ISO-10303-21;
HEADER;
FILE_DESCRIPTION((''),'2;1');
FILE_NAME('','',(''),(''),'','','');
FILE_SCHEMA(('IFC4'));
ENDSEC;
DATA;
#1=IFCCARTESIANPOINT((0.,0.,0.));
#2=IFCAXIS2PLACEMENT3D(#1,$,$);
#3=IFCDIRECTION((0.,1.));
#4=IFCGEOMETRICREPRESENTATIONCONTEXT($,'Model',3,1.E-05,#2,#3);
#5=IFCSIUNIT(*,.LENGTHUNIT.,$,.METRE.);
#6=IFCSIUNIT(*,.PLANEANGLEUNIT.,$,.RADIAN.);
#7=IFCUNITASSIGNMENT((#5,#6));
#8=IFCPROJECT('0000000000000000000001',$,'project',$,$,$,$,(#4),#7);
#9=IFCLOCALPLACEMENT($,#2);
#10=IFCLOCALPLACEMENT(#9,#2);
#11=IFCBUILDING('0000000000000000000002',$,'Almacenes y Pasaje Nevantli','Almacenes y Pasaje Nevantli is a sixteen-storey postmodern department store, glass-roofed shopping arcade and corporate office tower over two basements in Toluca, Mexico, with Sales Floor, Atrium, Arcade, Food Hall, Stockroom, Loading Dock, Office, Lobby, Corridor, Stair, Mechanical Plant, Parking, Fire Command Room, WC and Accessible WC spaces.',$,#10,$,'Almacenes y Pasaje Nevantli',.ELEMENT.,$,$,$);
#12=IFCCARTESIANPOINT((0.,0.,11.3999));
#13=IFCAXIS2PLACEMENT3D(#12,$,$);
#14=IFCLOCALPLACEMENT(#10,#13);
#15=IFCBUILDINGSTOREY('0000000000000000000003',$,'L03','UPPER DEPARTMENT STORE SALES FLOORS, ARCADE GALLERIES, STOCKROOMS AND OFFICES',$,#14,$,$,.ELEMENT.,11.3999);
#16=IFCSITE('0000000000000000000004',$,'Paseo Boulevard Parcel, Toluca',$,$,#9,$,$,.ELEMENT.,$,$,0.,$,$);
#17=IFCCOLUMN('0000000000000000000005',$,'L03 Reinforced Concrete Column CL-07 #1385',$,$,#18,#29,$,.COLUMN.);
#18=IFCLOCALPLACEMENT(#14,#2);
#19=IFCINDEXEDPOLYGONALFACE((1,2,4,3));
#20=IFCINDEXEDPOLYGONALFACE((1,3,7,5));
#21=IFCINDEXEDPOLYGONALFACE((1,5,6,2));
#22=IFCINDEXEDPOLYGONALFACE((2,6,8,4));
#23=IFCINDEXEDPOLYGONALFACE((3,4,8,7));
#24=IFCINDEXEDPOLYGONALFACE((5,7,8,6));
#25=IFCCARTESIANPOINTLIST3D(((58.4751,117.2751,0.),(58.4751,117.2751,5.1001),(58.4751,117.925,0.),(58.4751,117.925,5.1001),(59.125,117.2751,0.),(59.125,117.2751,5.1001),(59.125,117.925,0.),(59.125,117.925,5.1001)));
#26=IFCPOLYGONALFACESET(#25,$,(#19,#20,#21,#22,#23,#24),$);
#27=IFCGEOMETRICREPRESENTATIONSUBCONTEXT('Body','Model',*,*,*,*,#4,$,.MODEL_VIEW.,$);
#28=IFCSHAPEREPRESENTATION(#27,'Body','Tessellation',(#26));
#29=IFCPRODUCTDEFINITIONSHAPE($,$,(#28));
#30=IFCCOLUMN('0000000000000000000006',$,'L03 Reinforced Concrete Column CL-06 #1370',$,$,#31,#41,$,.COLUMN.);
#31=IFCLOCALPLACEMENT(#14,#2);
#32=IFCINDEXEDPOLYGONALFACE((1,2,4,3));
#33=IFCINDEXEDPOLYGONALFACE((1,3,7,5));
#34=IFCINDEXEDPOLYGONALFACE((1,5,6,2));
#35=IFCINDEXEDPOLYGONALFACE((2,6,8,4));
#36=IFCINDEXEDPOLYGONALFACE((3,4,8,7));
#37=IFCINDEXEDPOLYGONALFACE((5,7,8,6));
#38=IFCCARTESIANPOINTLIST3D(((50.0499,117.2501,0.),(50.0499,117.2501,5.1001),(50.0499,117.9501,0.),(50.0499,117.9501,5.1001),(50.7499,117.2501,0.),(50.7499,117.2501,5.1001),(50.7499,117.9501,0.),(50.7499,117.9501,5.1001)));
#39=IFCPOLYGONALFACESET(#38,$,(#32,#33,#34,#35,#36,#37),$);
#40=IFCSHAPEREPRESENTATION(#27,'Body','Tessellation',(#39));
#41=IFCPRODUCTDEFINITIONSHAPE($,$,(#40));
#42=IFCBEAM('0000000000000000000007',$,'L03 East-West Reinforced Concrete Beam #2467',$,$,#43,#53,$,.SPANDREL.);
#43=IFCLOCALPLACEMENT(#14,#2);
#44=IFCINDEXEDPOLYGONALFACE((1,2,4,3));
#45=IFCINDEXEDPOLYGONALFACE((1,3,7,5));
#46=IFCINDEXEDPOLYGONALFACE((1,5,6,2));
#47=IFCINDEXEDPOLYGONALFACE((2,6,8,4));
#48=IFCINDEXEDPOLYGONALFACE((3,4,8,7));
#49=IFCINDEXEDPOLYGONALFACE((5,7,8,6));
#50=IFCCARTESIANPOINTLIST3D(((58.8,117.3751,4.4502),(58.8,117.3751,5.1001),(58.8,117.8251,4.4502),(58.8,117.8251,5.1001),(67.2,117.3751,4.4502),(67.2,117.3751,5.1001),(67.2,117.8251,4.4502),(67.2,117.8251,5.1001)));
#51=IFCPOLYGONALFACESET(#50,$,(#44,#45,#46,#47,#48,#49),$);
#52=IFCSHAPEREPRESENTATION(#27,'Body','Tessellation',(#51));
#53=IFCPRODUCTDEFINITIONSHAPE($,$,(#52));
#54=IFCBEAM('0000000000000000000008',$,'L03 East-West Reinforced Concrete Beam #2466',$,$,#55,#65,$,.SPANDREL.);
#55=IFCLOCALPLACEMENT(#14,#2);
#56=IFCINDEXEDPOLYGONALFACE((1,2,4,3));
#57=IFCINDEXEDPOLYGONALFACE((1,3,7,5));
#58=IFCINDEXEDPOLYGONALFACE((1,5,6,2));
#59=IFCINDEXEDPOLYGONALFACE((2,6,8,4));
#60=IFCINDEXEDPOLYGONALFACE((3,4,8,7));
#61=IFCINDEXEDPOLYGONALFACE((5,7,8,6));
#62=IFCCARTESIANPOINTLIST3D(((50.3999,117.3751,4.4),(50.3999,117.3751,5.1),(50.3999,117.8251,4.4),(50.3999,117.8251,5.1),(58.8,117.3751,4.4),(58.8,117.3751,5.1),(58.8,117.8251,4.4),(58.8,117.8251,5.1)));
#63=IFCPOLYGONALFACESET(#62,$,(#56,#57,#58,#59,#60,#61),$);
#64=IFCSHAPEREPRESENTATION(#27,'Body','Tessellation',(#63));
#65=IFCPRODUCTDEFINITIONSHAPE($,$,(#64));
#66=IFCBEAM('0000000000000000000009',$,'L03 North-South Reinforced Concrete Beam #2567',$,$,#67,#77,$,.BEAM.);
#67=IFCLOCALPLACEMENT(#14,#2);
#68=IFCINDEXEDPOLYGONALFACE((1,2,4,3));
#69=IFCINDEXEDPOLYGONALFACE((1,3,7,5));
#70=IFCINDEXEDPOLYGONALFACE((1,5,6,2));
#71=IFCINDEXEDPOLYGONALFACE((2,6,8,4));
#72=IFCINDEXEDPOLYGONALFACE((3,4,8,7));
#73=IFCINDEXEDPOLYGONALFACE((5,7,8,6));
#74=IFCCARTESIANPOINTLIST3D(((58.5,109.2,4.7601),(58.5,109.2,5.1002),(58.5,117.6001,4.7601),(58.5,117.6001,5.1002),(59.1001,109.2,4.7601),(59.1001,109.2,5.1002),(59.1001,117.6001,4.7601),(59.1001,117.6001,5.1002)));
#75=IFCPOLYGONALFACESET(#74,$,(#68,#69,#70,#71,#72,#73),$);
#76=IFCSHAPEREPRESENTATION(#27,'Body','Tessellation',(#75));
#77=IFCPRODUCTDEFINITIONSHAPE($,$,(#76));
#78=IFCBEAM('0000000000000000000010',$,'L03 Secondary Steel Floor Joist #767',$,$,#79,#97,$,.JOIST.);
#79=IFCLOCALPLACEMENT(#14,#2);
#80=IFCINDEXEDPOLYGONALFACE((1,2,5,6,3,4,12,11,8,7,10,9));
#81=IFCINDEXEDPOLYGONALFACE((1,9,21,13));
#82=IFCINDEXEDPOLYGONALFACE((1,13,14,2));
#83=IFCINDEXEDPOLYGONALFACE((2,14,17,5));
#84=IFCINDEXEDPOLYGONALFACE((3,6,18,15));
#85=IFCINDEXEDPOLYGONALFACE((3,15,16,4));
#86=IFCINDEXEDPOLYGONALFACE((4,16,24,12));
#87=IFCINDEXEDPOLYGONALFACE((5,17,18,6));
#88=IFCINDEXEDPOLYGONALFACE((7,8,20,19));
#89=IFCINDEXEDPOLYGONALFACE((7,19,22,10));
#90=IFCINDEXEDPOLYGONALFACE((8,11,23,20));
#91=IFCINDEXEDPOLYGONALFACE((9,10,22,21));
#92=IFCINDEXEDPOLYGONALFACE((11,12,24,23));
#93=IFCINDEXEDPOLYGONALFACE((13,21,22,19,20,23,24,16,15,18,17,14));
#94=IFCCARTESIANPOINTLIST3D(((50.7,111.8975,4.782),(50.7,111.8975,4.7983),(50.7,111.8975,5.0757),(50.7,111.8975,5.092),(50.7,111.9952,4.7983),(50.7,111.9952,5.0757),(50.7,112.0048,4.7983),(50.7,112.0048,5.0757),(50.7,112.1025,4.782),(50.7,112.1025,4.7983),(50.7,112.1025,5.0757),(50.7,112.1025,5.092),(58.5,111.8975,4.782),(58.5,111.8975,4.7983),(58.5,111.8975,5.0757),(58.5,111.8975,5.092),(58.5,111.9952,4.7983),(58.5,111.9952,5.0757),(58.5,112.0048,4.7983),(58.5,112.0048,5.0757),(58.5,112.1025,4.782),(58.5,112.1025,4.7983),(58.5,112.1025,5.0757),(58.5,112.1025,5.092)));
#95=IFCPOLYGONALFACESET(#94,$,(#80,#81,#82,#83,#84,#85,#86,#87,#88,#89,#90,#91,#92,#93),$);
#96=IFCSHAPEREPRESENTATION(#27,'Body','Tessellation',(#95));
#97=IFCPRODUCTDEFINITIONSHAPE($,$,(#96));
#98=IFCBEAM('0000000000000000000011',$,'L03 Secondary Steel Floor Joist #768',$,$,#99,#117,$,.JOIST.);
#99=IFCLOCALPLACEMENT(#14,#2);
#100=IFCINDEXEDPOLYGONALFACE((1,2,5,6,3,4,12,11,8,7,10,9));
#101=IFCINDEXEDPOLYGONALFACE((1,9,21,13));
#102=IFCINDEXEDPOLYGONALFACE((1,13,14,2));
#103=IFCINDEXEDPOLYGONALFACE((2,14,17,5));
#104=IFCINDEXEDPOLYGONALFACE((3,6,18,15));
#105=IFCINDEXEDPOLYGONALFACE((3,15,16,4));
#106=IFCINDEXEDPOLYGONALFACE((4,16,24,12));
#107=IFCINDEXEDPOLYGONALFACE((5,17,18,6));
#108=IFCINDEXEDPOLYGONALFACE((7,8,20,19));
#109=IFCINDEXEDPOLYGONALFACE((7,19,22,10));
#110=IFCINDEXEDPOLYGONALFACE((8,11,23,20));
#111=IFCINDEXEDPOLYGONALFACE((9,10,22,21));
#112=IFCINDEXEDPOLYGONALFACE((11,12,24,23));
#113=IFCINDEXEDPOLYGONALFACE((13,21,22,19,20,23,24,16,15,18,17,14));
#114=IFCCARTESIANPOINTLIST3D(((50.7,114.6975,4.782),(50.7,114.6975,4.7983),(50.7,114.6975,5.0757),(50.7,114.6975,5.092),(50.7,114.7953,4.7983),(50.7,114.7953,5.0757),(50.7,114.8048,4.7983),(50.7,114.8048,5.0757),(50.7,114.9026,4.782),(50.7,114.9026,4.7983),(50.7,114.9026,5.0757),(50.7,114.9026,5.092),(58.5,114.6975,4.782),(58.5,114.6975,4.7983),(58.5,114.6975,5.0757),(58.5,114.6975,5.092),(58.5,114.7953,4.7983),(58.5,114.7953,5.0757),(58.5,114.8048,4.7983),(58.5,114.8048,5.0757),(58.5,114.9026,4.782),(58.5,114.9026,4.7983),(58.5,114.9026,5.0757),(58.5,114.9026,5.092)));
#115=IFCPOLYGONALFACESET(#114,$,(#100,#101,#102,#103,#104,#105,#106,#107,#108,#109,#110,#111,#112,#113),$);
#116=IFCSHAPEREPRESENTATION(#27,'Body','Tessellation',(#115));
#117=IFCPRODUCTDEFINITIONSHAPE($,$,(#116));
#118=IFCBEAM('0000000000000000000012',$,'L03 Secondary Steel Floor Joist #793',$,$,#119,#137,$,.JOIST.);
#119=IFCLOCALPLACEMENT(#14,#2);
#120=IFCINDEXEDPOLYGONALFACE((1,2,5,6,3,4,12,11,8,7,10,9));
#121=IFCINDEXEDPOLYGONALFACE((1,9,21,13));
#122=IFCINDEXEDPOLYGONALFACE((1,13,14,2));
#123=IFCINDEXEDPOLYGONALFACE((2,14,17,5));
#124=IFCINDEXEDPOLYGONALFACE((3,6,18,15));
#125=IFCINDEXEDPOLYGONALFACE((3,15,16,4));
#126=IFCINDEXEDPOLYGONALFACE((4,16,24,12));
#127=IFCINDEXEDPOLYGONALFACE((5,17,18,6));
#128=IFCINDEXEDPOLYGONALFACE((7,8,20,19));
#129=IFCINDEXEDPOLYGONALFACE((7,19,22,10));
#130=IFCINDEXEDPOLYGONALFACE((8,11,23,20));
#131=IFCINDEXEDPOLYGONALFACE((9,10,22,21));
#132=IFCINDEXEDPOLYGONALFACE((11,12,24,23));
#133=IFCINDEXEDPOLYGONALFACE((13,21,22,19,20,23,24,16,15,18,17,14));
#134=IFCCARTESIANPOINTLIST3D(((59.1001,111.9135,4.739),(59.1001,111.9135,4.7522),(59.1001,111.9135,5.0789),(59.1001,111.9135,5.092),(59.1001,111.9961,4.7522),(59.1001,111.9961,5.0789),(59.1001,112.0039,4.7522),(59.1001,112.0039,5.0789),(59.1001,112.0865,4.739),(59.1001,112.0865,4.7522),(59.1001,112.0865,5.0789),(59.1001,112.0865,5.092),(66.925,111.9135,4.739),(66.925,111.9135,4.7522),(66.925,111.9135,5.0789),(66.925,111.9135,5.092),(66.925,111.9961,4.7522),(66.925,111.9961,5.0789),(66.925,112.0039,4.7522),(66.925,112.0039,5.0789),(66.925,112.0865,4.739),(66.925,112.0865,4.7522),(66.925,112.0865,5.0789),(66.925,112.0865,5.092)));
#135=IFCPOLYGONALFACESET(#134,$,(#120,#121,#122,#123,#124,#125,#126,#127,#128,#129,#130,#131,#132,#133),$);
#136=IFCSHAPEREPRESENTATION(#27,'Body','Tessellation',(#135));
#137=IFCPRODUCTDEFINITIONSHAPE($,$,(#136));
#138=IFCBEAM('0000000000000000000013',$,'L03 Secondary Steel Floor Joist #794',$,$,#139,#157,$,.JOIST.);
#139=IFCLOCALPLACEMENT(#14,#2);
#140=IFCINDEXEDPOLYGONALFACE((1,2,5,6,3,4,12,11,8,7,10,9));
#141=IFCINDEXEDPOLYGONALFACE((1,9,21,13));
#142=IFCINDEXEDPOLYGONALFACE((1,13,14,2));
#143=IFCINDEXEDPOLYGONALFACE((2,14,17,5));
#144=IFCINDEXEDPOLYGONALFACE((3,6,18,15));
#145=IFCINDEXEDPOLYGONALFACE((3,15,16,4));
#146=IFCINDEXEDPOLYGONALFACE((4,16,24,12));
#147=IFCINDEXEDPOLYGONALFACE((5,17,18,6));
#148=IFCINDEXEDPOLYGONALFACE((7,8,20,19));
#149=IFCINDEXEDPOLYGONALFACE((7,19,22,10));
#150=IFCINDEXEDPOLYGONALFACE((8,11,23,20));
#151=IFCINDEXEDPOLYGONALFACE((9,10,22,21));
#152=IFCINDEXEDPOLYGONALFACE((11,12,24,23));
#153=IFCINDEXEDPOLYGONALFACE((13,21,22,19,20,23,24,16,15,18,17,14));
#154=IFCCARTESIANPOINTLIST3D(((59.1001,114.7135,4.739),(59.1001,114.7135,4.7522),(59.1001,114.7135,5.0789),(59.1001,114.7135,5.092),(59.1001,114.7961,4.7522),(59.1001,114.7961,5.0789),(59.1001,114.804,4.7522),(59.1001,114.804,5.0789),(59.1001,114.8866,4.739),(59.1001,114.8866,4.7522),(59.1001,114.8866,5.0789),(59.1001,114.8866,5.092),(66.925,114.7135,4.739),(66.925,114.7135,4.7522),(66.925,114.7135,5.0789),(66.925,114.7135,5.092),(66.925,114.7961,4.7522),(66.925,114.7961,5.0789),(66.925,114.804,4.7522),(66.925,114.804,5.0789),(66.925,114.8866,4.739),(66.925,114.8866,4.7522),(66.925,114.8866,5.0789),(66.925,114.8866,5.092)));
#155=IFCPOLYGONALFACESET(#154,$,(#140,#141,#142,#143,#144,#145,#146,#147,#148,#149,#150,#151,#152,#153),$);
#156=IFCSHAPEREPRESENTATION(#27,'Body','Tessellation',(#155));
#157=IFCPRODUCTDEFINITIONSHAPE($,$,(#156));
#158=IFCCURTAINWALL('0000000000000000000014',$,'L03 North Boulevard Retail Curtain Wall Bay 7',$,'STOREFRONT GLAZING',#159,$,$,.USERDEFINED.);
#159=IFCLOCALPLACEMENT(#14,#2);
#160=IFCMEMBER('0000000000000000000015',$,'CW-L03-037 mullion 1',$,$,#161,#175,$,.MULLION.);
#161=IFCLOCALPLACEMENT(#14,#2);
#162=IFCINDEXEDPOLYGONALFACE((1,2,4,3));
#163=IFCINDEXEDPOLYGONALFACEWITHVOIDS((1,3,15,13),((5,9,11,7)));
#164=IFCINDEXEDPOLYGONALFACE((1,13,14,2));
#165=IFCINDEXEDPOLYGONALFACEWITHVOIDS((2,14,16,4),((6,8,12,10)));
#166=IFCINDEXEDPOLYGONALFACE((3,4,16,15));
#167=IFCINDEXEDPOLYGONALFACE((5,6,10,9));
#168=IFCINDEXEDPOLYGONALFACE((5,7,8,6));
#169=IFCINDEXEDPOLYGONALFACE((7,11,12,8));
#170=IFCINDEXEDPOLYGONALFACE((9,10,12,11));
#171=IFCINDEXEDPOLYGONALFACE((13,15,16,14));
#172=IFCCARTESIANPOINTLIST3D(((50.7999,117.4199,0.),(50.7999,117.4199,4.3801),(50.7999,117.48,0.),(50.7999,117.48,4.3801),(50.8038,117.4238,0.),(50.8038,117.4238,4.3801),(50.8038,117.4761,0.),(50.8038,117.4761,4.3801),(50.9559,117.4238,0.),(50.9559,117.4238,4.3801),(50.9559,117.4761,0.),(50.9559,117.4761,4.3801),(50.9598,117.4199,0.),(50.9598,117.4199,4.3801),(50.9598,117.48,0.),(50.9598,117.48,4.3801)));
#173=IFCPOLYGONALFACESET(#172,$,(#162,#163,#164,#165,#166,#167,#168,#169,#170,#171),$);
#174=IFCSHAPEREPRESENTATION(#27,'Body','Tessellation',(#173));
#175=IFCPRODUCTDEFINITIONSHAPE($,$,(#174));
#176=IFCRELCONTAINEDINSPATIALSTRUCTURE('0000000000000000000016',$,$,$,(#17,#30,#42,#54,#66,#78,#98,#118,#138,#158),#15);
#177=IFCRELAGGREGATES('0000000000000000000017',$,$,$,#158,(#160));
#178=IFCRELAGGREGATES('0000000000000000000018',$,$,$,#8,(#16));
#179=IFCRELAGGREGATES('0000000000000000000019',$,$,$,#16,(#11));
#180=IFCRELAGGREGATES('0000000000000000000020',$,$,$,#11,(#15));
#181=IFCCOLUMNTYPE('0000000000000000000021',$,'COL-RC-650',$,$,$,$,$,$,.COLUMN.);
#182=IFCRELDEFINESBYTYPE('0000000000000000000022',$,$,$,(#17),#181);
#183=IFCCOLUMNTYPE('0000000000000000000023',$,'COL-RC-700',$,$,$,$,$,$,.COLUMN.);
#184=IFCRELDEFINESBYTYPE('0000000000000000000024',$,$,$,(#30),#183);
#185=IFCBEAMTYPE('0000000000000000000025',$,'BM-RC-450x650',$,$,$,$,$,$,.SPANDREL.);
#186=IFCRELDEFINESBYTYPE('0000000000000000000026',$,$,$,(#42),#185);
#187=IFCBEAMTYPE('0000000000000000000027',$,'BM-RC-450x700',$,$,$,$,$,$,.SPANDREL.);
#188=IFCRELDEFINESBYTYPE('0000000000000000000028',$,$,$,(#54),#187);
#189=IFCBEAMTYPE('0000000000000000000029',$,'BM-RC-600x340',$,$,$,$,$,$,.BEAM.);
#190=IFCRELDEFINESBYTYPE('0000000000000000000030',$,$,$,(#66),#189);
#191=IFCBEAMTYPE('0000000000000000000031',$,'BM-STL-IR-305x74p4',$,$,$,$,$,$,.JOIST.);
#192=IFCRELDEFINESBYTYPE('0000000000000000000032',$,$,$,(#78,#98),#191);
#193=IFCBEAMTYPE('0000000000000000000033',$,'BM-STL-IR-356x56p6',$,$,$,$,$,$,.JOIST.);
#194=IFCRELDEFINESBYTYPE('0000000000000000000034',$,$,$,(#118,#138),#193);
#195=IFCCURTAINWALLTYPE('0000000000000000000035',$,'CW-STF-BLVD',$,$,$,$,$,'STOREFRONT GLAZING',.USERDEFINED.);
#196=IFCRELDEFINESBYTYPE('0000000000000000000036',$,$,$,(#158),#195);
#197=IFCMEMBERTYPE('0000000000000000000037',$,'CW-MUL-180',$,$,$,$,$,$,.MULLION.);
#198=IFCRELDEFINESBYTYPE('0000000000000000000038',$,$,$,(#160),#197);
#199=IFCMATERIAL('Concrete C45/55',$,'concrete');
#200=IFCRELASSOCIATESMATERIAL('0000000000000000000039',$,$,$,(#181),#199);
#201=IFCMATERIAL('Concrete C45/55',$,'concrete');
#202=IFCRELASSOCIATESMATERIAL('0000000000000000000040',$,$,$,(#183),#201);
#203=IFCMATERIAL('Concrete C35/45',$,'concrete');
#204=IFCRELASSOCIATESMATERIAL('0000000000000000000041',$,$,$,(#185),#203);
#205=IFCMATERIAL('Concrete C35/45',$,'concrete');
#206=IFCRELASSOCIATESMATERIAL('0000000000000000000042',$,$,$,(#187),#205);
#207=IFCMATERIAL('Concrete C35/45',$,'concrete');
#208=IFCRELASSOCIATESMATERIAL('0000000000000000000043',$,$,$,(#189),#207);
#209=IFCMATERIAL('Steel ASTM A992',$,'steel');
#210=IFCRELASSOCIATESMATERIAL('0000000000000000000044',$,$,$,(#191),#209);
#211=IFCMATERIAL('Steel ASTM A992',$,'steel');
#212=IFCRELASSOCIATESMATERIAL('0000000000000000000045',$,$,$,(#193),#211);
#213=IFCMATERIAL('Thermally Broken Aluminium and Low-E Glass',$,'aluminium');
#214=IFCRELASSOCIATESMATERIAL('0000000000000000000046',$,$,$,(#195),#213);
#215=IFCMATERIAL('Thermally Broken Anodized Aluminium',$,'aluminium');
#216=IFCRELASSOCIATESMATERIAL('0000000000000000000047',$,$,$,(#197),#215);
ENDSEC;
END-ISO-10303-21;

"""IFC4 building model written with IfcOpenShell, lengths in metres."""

from ifc_helpers import new_model, si_unit, direction, frame, origin, origin_2d, place, context, subcontext, project, spatial, rectangle, hollow_rectangle, i_section, extrude, material, material_profile, profile_set, type_object, element, aggregate, save


model = new_model("IFC4")

# Units and contexts
model_context = context("Model", 3, precision=1e-05, world=origin(), true_north=direction((0.0, 1.0)))
body_context = subcontext(model_context, "Body", "Model", "MODEL_VIEW")
ifc_project = project(units=[si_unit("LENGTHUNIT", "METRE"), si_unit("PLANEANGLEUNIT", "RADIAN")], contexts=[model_context])

# Site, building, storey
site_placement = place(None, origin())
site = spatial("IfcSite", under=ifc_project, at=site_placement, Name="Paseo Boulevard Parcel, Toluca", CompositionType="ELEMENT", RefElevation=0.0)
building_placement = place(site_placement, origin())
building = spatial("IfcBuilding", under=site, at=building_placement, Name="Almacenes y Pasaje Nevantli", Description="Almacenes y Pasaje Nevantli is a sixteen-storey postmodern department store, glass-roofed shopping arcade and corporate office tower over two basements in Toluca, Mexico, with Sales Floor, Atrium, Arcade, Food Hall, Stockroom, Loading Dock, Office, Lobby, Corridor, Stair, Mechanical Plant, Parking, Fire Command Room, WC and Accessible WC spaces.", LongName="Almacenes y Pasaje Nevantli", CompositionType="ELEMENT")
storey_placement = place(building_placement, frame((0.0, 0.0, 11.3999)))
storey = spatial("IfcBuildingStorey", under=building, at=storey_placement, Name="L03", Description="UPPER DEPARTMENT STORE SALES FLOORS, ARCADE GALLERIES, STOCKROOMS AND OFFICES", CompositionType="ELEMENT", Elevation=11.3999)

# Columns
ifc_material_1 = material(Name="Concrete C45/55", Category="concrete")
ifc_material_profile_1 = material_profile(ifc_material_1, rectangle(XDim=0.6499, YDim=0.6499, at=origin_2d()), Name="RC-COL-650x650")
ifc_profile_set_1 = profile_set([ifc_material_profile_1], Name="Concrete C45/55")
column_type_1 = type_object("IfcColumnType", Name="COL-RC-650", PredefinedType="COLUMN", material=ifc_profile_set_1)
column_1_placement = place(storey_placement, frame((58.8, 117.6001, 0.0), z_axis=(0.0, 0.0, 1.0), x_axis=(1.0, 0.0, 0.0)))
element("IfcColumn", 1, at=column_1_placement, inside=storey, type_object=column_type_1, Name="L03 Reinforced Concrete Column CL-07 #1385", PredefinedType="COLUMN", context=body_context, shape_type="SweptSolid", body=[
    extrude(rectangle(XDim=0.6499, YDim=0.6499, at=origin_2d()), origin(), (0.0, 0.0, 1.0), 5.1001),
])
ifc_material_2 = material(Name="Concrete C45/55", Category="concrete")
ifc_material_profile_2 = material_profile(ifc_material_2, rectangle(XDim=0.7, YDim=0.7, at=origin_2d()), Name="RC-COL-700x700")
ifc_profile_set_2 = profile_set([ifc_material_profile_2], Name="Concrete C45/55")
column_type_2 = type_object("IfcColumnType", Name="COL-RC-700", PredefinedType="COLUMN", material=ifc_profile_set_2)
column_2_placement = place(storey_placement, frame((50.3999, 117.6001, 0.0), z_axis=(0.0, 0.0, 1.0), x_axis=(1.0, 0.0, 0.0)))
element("IfcColumn", 2, at=column_2_placement, inside=storey, type_object=column_type_2, Name="L03 Reinforced Concrete Column CL-06 #1370", PredefinedType="COLUMN", context=body_context, shape_type="SweptSolid", body=[
    extrude(rectangle(XDim=0.7, YDim=0.7, at=origin_2d()), origin(), (0.0, 0.0, 1.0), 5.1001),
])

# Beams
ifc_material_3 = material(Name="Concrete C35/45", Category="concrete")
ifc_material_profile_3 = material_profile(ifc_material_3, rectangle(XDim=0.45, YDim=0.6499, at=origin_2d()), Name="RC-BM-450x650")
ifc_profile_set_3 = profile_set([ifc_material_profile_3], Name="Concrete C35/45")
beam_type_1 = type_object("IfcBeamType", Name="BM-RC-450x650", PredefinedType="SPANDREL", material=ifc_profile_set_3)
beam_1_placement = place(storey_placement, frame((58.8, 117.6001, 4.7751), z_axis=(1.0, 0.0, 0.0), x_axis=(0.0, 1.0, 0.0)))
element("IfcBeam", 3, at=beam_1_placement, inside=storey, type_object=beam_type_1, Name="L03 East-West Reinforced Concrete Beam #2467", PredefinedType="SPANDREL", context=body_context, shape_type="SweptSolid", body=[
    extrude(rectangle(XDim=0.45, YDim=0.6499, at=origin_2d()), origin(), (0.0, 0.0, 1.0), 8.3999),
])
ifc_material_4 = material(Name="Concrete C35/45", Category="concrete")
ifc_material_profile_4 = material_profile(ifc_material_4, rectangle(XDim=0.45, YDim=0.7, at=origin_2d()), Name="RC-BM-450x700")
ifc_profile_set_4 = profile_set([ifc_material_profile_4], Name="Concrete C35/45")
beam_type_2 = type_object("IfcBeamType", Name="BM-RC-450x700", PredefinedType="SPANDREL", material=ifc_profile_set_4)
beam_2_placement = place(storey_placement, frame((50.3999, 117.6001, 4.75), z_axis=(1.0, 0.0, 0.0), x_axis=(0.0, 1.0, 0.0)))
element("IfcBeam", 4, at=beam_2_placement, inside=storey, type_object=beam_type_2, Name="L03 East-West Reinforced Concrete Beam #2466", PredefinedType="SPANDREL", context=body_context, shape_type="SweptSolid", body=[
    extrude(rectangle(XDim=0.45, YDim=0.7, at=origin_2d()), origin(), (0.0, 0.0, 1.0), 8.4001),
])
ifc_material_5 = material(Name="Concrete C35/45", Category="concrete")
ifc_material_profile_5 = material_profile(ifc_material_5, rectangle(XDim=0.6001, YDim=0.3401, at=origin_2d()), Name="RC-BM-600x340")
ifc_profile_set_5 = profile_set([ifc_material_profile_5], Name="Concrete C35/45")
beam_type_3 = type_object("IfcBeamType", Name="BM-RC-600x340", PredefinedType="BEAM", material=ifc_profile_set_5)
beam_3_placement = place(storey_placement, frame((58.8, 109.2, 4.9302), z_axis=(0.0, 1.0, 0.0), x_axis=(-1.0, 0.0, 0.0)))
element("IfcBeam", 5, at=beam_3_placement, inside=storey, type_object=beam_type_3, Name="L03 North-South Reinforced Concrete Beam #2567", PredefinedType="BEAM", context=body_context, shape_type="SweptSolid", body=[
    extrude(rectangle(XDim=0.6001, YDim=0.3401, at=origin_2d()), origin(), (0.0, 0.0, 1.0), 8.4001),
])
ifc_material_6 = material(Name="Steel ASTM A992", Category="steel")
ifc_material_profile_6 = material_profile(ifc_material_6, i_section(OverallWidth=0.2051, OverallDepth=0.3101, WebThickness=0.0095, FlangeThickness=0.0164, at=origin_2d()), Name="IR 305x74.4")
ifc_profile_set_6 = profile_set([ifc_material_profile_6], Name="Steel ASTM A992")
beam_type_4 = type_object("IfcBeamType", Name="BM-STL-IR-305x74p4", PredefinedType="JOIST", material=ifc_profile_set_6)
for number, where, z_axis, x_axis, name in (
    (6, (50.7, 112.0, 4.937), (1.0, 0.0, 0.0), (0.0, 1.0, 0.0), "L03 Secondary Steel Floor Joist #767"),
    (7, (50.7, 114.8, 4.937), (1.0, 0.0, 0.0), (0.0, 1.0, 0.0), "L03 Secondary Steel Floor Joist #768"),
):
    element("IfcBeam", number, at=place(storey_placement, frame(where, z_axis=z_axis, x_axis=x_axis)), inside=storey, type_object=beam_type_4, Name=name, PredefinedType="JOIST", context=body_context, shape_type="SweptSolid", body=[
        extrude(i_section(OverallWidth=0.2051, OverallDepth=0.3101, WebThickness=0.0095, FlangeThickness=0.0164, at=origin_2d()), origin(), (0.0, 0.0, 1.0), 7.8),
    ])
ifc_material_7 = material(Name="Steel ASTM A992", Category="steel")
ifc_material_profile_7 = material_profile(ifc_material_7, i_section(OverallWidth=0.1731, OverallDepth=0.353, WebThickness=0.0078, FlangeThickness=0.0132, at=origin_2d()), Name="IR 356x56.6")
ifc_profile_set_7 = profile_set([ifc_material_profile_7], Name="Steel ASTM A992")
beam_type_5 = type_object("IfcBeamType", Name="BM-STL-IR-356x56p6", PredefinedType="JOIST", material=ifc_profile_set_7)
for number, where, z_axis, x_axis, name in (
    (8, (59.1001, 112.0, 4.9155), (1.0, 0.0, 0.0), (0.0, 1.0, 0.0), "L03 Secondary Steel Floor Joist #793"),
    (9, (59.1001, 114.8, 4.9155), (1.0, 0.0, 0.0), (0.0, 1.0, 0.0), "L03 Secondary Steel Floor Joist #794"),
):
    element("IfcBeam", number, at=place(storey_placement, frame(where, z_axis=z_axis, x_axis=x_axis)), inside=storey, type_object=beam_type_5, Name=name, PredefinedType="JOIST", context=body_context, shape_type="SweptSolid", body=[
        extrude(i_section(OverallWidth=0.1731, OverallDepth=0.353, WebThickness=0.0078, FlangeThickness=0.0132, at=origin_2d()), origin(), (0.0, 0.0, 1.0), 7.825),
    ])

# Curtain wall, member
ifc_material_8 = material(Name="Thermally Broken Aluminium and Low-E Glass", Category="aluminium")
curtain_wall_type = type_object("IfcCurtainWallType", Name="CW-STF-BLVD", ElementType="STOREFRONT GLAZING", PredefinedType="USERDEFINED", material=ifc_material_8)
curtain_wall_placement = place(storey_placement, origin())
curtain_wall = element("IfcCurtainWall", 10, at=curtain_wall_placement, inside=storey, type_object=curtain_wall_type, Name="L03 North Boulevard Retail Curtain Wall Bay 7", ObjectType="STOREFRONT GLAZING", PredefinedType="USERDEFINED")
ifc_material_9 = material(Name="Thermally Broken Anodized Aluminium", Category="aluminium")
ifc_material_profile_8 = material_profile(ifc_material_9, hollow_rectangle(XDim=0.0601, YDim=0.1599, WallThickness=0.0039, at=origin_2d()), Name="ALU-MUL-60x160")
ifc_profile_set_8 = profile_set([ifc_material_profile_8], Name="Thermally Broken Anodized Aluminium")
member_type_1 = type_object("IfcMemberType", Name="CW-MUL-180", PredefinedType="MULLION", material=ifc_profile_set_8)
member_1_placement = place(storey_placement, frame((50.8799, 117.45, 0.0), z_axis=(0.0, 0.0, 1.0), x_axis=(0.0, 1.0, 0.0)))
member_1 = element("IfcMember", 11, at=member_1_placement, type_object=member_type_1, Name="CW-L03-037 mullion 1", PredefinedType="MULLION", context=body_context, shape_type="SweptSolid", body=[
    extrude(hollow_rectangle(XDim=0.0601, YDim=0.1599, WallThickness=0.0039, at=origin_2d()), origin(), (0.0, 0.0, 1.0), 4.3801),
])
aggregate(curtain_wall, [member_1])

save(model, "model.ifc")
